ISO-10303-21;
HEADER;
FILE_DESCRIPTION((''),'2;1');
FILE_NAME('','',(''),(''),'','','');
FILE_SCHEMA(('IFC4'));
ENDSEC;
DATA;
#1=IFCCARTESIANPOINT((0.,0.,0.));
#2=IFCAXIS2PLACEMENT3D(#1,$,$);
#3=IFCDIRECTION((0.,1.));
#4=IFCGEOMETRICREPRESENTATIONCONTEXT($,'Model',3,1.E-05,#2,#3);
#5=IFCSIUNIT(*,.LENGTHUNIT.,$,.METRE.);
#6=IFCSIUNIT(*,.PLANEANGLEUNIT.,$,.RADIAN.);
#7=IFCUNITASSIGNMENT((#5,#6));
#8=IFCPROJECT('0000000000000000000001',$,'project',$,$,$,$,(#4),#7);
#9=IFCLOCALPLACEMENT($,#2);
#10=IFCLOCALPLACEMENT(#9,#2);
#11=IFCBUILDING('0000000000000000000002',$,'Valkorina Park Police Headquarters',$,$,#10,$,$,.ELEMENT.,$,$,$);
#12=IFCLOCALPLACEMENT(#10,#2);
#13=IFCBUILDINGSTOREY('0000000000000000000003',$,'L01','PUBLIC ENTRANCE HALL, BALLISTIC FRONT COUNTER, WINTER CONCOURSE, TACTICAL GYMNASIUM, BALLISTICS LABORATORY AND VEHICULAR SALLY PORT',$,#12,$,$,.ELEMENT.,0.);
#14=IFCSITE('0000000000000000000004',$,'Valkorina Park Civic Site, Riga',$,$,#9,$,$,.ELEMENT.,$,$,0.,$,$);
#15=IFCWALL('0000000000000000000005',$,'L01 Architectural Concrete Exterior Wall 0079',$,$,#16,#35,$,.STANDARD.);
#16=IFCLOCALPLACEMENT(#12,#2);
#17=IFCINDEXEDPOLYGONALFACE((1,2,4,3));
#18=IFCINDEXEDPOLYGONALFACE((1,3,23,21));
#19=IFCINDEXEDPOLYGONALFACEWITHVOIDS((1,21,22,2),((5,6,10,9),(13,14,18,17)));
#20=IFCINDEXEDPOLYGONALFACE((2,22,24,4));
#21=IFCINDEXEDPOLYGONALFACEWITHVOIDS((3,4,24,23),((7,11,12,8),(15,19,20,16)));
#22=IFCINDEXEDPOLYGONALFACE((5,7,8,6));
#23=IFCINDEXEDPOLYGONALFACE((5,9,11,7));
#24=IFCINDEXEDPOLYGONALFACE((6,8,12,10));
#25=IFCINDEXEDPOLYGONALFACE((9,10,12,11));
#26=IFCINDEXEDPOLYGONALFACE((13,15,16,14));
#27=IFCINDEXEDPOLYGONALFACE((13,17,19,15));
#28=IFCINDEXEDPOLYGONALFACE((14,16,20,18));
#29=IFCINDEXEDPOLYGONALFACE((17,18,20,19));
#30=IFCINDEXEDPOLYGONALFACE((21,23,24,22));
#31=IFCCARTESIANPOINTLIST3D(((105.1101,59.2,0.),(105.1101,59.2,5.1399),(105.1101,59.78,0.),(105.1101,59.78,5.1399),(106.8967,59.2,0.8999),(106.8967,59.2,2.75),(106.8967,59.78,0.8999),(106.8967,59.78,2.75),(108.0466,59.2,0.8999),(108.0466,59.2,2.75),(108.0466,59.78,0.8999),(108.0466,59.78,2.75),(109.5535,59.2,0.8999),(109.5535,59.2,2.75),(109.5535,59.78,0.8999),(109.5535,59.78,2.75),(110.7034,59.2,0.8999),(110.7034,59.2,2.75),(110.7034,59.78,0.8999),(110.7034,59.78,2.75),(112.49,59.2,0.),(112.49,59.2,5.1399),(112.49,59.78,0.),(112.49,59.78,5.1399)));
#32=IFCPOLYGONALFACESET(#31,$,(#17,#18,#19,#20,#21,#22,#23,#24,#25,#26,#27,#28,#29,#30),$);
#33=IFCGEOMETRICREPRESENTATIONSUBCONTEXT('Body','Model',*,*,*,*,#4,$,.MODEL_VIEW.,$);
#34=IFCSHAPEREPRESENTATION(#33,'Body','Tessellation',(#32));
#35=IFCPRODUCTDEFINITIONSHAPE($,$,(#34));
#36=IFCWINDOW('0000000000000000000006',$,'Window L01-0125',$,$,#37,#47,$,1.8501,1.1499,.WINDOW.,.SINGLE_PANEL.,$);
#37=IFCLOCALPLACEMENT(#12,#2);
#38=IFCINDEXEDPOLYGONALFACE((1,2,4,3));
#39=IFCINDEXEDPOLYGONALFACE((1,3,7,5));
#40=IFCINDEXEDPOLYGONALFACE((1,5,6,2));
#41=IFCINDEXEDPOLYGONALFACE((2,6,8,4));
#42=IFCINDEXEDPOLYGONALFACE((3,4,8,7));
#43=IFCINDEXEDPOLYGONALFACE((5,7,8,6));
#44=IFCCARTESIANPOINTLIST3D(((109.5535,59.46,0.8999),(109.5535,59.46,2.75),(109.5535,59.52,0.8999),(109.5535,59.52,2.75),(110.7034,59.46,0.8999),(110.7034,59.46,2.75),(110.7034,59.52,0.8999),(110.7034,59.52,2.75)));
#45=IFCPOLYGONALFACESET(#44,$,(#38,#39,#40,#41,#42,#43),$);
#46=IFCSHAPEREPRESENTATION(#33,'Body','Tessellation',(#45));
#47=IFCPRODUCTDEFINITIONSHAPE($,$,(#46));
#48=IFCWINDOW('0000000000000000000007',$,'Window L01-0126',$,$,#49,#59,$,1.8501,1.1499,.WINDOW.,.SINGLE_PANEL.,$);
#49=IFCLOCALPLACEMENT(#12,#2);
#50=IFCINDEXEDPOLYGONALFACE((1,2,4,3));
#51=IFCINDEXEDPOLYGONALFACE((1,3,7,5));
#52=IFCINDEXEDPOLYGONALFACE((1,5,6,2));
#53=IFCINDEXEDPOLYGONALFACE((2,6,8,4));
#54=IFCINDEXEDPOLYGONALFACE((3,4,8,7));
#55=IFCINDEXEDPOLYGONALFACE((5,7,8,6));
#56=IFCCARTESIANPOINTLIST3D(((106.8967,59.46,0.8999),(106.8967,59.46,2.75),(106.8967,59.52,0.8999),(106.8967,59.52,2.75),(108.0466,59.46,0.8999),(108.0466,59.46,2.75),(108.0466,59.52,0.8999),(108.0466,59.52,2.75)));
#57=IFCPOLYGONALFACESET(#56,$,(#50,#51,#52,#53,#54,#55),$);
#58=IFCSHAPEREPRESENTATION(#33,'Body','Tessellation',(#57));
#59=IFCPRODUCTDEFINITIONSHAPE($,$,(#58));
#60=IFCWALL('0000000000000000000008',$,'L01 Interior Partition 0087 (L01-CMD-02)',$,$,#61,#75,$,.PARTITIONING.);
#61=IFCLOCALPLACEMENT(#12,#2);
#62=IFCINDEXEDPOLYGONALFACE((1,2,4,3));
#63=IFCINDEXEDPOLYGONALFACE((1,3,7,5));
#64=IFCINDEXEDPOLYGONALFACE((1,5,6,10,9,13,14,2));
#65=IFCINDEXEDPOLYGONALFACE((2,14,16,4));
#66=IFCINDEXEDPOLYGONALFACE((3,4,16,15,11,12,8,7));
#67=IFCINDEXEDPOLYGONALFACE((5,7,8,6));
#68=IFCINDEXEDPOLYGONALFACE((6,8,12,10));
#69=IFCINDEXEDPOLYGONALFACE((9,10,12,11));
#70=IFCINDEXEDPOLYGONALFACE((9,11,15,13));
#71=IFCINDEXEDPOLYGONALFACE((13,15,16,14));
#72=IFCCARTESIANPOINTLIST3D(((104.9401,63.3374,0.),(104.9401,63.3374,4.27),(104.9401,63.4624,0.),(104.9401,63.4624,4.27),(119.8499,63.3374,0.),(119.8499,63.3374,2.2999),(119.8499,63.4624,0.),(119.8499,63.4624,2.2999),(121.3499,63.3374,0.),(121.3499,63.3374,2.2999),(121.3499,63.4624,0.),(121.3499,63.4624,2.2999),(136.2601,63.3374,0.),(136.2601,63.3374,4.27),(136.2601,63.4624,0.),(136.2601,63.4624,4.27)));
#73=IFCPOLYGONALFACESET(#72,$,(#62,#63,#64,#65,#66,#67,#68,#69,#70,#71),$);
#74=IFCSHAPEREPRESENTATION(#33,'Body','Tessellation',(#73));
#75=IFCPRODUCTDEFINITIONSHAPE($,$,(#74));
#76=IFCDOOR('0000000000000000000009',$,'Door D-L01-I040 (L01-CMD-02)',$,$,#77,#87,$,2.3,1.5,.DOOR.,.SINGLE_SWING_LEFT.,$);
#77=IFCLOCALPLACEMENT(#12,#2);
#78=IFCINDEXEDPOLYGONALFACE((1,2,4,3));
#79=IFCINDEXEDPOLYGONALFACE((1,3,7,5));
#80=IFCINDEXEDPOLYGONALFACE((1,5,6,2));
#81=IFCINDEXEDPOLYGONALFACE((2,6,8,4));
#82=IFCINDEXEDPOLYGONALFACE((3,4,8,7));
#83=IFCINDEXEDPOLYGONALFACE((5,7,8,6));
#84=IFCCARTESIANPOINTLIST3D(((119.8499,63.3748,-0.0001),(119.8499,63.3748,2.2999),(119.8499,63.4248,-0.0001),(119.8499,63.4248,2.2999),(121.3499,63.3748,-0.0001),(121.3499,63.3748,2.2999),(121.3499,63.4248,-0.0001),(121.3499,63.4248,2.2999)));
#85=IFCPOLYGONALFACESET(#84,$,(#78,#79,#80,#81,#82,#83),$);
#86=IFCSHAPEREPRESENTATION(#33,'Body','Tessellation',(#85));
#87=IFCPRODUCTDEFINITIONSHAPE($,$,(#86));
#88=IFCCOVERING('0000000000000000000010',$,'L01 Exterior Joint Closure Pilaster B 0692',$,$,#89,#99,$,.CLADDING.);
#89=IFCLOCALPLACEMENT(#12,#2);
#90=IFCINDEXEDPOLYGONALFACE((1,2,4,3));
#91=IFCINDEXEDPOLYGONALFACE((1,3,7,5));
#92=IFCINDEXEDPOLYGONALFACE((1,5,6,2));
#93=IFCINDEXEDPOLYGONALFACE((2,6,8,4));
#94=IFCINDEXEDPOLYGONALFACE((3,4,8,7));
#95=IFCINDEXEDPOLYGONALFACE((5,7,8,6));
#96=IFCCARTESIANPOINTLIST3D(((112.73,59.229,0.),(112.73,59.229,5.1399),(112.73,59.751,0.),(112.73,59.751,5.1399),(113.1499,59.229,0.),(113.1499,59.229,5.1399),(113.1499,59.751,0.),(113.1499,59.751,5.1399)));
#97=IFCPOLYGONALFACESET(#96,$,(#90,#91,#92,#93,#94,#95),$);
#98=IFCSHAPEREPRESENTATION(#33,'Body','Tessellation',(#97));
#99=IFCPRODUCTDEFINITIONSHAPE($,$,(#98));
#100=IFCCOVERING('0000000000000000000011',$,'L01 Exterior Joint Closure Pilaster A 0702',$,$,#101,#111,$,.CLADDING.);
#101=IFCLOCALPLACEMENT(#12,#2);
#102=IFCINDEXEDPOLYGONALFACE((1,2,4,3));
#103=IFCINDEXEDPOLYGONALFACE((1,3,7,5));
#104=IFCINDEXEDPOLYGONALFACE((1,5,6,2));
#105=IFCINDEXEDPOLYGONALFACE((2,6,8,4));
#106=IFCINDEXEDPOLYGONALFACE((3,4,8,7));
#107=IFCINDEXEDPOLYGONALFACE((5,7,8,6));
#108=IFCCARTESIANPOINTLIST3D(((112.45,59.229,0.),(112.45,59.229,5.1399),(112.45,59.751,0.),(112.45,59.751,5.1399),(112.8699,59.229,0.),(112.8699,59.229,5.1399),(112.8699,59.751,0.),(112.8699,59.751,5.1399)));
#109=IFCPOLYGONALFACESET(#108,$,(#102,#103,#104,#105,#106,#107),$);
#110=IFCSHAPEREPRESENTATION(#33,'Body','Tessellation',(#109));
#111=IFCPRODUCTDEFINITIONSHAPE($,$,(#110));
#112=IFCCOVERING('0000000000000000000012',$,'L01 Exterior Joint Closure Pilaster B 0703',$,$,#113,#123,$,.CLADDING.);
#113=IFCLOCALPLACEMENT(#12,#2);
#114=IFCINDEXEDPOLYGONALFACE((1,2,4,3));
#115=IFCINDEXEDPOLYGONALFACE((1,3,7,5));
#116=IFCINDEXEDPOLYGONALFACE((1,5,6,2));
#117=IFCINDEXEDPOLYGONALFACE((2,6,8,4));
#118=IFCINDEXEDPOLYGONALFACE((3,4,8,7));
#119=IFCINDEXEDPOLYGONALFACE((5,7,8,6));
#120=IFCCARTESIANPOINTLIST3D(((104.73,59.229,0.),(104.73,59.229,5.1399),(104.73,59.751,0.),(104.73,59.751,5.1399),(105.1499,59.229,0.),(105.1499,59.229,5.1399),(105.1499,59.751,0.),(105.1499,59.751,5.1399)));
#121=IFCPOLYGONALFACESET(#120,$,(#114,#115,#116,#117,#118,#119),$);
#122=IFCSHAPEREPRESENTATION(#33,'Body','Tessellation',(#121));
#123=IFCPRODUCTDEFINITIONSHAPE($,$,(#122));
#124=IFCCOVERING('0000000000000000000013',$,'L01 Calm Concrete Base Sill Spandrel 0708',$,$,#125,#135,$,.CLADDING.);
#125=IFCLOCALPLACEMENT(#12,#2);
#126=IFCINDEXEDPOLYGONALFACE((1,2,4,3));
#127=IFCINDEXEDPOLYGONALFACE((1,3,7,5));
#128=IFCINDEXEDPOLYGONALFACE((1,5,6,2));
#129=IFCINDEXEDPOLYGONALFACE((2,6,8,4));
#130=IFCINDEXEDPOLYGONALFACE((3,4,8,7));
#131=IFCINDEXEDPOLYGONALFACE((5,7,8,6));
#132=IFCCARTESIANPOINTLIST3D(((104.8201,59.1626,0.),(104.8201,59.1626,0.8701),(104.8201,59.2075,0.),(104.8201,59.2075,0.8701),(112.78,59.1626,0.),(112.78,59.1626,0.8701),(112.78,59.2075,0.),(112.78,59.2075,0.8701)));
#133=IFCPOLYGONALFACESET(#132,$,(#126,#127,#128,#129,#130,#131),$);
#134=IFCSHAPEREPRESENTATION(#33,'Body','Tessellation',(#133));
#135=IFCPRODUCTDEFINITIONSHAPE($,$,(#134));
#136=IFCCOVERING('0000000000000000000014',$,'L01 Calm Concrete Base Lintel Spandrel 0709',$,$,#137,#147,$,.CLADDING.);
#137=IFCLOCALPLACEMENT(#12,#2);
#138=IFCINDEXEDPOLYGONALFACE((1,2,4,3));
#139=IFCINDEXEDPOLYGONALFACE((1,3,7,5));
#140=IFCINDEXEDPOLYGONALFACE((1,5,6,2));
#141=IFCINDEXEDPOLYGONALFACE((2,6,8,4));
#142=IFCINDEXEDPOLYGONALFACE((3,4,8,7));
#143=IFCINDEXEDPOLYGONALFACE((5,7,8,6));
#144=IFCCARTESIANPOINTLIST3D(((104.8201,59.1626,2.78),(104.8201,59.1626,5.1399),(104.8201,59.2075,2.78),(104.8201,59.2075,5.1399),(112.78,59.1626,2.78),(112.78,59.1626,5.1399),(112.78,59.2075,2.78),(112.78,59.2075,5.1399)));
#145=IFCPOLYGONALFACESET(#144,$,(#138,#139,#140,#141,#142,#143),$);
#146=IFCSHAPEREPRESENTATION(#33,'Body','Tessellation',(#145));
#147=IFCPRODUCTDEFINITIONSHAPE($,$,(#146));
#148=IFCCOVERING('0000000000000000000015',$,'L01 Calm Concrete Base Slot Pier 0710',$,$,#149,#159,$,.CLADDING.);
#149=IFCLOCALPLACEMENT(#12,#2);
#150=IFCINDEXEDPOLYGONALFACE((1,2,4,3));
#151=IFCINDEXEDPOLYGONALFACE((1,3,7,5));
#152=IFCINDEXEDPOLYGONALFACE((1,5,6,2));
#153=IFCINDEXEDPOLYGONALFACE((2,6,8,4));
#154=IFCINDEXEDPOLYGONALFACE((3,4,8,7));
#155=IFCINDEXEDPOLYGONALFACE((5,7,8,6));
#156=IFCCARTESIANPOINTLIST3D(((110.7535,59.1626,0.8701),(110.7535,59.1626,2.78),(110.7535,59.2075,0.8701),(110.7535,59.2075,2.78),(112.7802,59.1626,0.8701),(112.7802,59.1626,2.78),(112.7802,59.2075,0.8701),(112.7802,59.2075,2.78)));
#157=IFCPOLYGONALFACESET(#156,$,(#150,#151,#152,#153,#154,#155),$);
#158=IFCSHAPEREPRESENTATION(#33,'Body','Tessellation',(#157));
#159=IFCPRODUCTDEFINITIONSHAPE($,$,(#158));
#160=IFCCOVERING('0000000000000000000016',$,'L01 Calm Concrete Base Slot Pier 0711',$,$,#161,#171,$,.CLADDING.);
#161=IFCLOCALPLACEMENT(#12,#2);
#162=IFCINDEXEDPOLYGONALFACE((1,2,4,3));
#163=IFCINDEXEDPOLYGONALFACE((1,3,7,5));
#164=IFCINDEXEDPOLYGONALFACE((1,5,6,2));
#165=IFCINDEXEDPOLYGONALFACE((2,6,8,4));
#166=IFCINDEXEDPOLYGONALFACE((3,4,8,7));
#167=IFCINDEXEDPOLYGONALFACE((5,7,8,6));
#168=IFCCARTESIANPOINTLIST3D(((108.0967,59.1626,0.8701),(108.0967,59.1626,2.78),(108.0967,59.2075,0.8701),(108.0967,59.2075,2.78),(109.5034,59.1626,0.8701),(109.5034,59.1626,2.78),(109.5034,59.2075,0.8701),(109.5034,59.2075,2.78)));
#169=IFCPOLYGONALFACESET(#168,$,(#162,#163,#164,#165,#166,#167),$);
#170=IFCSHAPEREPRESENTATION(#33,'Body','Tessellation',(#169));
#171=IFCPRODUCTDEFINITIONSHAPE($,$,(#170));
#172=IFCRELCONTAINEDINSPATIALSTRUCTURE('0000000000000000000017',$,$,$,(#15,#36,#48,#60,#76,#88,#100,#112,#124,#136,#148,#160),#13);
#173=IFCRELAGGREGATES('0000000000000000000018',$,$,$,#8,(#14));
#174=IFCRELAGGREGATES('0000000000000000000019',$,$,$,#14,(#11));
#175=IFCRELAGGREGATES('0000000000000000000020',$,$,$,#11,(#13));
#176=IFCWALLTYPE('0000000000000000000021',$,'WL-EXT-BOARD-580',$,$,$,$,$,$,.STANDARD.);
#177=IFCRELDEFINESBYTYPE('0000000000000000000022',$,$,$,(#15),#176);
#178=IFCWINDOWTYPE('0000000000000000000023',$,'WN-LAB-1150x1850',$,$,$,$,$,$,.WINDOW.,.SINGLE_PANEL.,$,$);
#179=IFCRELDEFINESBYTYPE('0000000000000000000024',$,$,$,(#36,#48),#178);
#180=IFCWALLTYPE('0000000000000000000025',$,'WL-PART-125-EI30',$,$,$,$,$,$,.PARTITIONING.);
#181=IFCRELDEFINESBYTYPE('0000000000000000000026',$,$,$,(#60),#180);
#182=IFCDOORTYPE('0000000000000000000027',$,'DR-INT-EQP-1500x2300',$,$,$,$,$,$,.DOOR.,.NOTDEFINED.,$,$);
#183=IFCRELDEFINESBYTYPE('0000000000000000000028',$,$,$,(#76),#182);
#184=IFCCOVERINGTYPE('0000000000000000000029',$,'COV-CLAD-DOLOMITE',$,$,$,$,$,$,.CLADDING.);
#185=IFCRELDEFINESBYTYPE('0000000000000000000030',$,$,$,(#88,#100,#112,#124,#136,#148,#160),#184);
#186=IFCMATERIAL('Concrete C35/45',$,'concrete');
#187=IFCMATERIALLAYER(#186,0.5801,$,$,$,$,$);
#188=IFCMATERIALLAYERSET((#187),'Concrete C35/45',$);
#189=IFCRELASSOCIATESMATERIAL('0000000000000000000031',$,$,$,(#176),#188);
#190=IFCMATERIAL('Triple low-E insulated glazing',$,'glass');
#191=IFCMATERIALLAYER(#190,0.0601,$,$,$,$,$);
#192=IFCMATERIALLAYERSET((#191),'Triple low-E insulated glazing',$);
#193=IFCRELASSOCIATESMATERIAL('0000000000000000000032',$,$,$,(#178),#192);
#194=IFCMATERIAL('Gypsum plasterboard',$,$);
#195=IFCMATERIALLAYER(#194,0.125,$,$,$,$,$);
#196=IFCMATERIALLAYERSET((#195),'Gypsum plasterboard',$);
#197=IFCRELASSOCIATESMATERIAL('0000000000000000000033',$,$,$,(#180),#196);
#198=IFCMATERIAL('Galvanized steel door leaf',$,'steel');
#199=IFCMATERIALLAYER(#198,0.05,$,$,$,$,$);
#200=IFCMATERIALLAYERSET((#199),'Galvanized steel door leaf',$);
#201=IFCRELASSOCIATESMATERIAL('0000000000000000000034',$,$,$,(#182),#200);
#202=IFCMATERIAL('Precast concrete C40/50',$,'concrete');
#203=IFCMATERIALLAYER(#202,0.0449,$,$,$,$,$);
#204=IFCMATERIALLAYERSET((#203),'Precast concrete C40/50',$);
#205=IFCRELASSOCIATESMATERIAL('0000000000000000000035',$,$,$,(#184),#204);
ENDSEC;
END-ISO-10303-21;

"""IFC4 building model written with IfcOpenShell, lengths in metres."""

from ifc_helpers import new_model, si_unit, direction, frame, frame_2d, origin, origin_2d, place, context, subcontext, project, spatial, rectangle, extrude, material, layer, layer_set, type_object, element, fill, save


model = new_model("IFC4")

# Units and contexts
model_context = context("Model", 3, precision=1e-05, world=origin(), true_north=direction((0.0, 1.0)))
body_context = subcontext(model_context, "Body", "Model", "MODEL_VIEW")
ifc_project = project(units=[si_unit("LENGTHUNIT", "METRE"), si_unit("PLANEANGLEUNIT", "RADIAN")], contexts=[model_context])

# Site, building, storey
site_placement = place(None, origin())
site = spatial("IfcSite", under=ifc_project, at=site_placement, Name="Valkorina Park Civic Site, Riga", CompositionType="ELEMENT", RefElevation=0.0)
building_placement = place(site_placement, origin())
building = spatial("IfcBuilding", under=site, at=building_placement, Name="Valkorina Park Police Headquarters", CompositionType="ELEMENT")
storey_placement = place(building_placement, origin())
storey = spatial("IfcBuildingStorey", under=building, at=storey_placement, Name="L01", Description="PUBLIC ENTRANCE HALL, BALLISTIC FRONT COUNTER, WINTER CONCOURSE, TACTICAL GYMNASIUM, BALLISTICS LABORATORY AND VEHICULAR SALLY PORT", CompositionType="ELEMENT", Elevation=0.0)

# Wall, openings, windows
ifc_material_1 = material(Name="Concrete C35/45", Category="concrete")
ifc_layer_1 = layer(ifc_material_1, 0.5801)
ifc_layer_set_1 = layer_set([ifc_layer_1], Name="Concrete C35/45")
wall_type_1 = type_object("IfcWallType", Name="WL-EXT-BOARD-580", PredefinedType="STANDARD", material=ifc_layer_set_1)
wall_1_placement = place(storey_placement, frame((112.49, 59.49, 0.0), z_axis=(0.0, 0.0, 1.0), x_axis=(-1.0, 0.0, 0.0)))
wall_1 = element("IfcWall", 1, at=wall_1_placement, inside=storey, type_object=wall_type_1, Name="L01 Architectural Concrete Exterior Wall 0079", PredefinedType="STANDARD", context=body_context, shape_type="SweptSolid", body=[
    extrude(rectangle(XDim=7.3799, YDim=0.5801, at=frame_2d((3.6899, 0.0))), origin(), (0.0, 0.0, 1.0), 5.1399),
])
opening_1_placement = place(wall_1_placement, frame((1.7866, 0.0, 0.8999)))
opening_1 = element("IfcOpeningElement", 2, at=opening_1_placement, cuts=wall_1, PredefinedType="OPENING", context=body_context, shape_type="SweptSolid", body=[
    extrude(rectangle(XDim=1.1499, YDim=1.8501, at=frame_2d((0.575, 0.925))), frame((0.0, 0.3, 0.0), z_axis=(0.0, -1.0, 0.0), x_axis=(1.0, 0.0, 0.0)), (0.0, 0.0, 1.0), 0.6001),
])
opening_2_placement = place(wall_1_placement, frame((4.4434, 0.0, 0.8999)))
opening_2 = element("IfcOpeningElement", 3, at=opening_2_placement, cuts=wall_1, PredefinedType="OPENING", context=body_context, shape_type="SweptSolid", body=[
    extrude(rectangle(XDim=1.1499, YDim=1.8501, at=frame_2d((0.575, 0.925))), frame((0.0, 0.3, 0.0), z_axis=(0.0, -1.0, 0.0), x_axis=(1.0, 0.0, 0.0)), (0.0, 0.0, 1.0), 0.6001),
])
ifc_material_2 = material(Name="Triple low-E insulated glazing", Category="glass")
ifc_layer_2 = layer(ifc_material_2, 0.0601)
ifc_layer_set_2 = layer_set([ifc_layer_2], Name="Triple low-E insulated glazing")
window_type = type_object("IfcWindowType", Name="WN-LAB-1150x1850", PartitioningType="SINGLE_PANEL", PredefinedType="WINDOW", material=ifc_layer_set_2)
window_1_placement = place(opening_1_placement, origin())
window_1 = element("IfcWindow", 4, at=window_1_placement, inside=storey, type_object=window_type, Name="Window L01-0125", OverallHeight=1.8501, OverallWidth=1.1499, PartitioningType="SINGLE_PANEL", PredefinedType="WINDOW", context=body_context, shape_type="SweptSolid", body=[
    extrude(rectangle(XDim=1.1499, YDim=1.8501, at=frame_2d((0.575, 0.925))), frame((0.0, 0.03, 0.0), z_axis=(0.0, -1.0, 0.0), x_axis=(1.0, 0.0, 0.0)), (0.0, 0.0, 1.0), 0.0601),
])
fill(opening_1, window_1)
window_2_placement = place(opening_2_placement, origin())
window_2 = element("IfcWindow", 5, at=window_2_placement, inside=storey, type_object=window_type, Name="Window L01-0126", OverallHeight=1.8501, OverallWidth=1.1499, PartitioningType="SINGLE_PANEL", PredefinedType="WINDOW", context=body_context, shape_type="SweptSolid", body=[
    extrude(rectangle(XDim=1.1499, YDim=1.8501, at=frame_2d((0.575, 0.925))), frame((0.0, 0.03, 0.0), z_axis=(0.0, -1.0, 0.0), x_axis=(1.0, 0.0, 0.0)), (0.0, 0.0, 1.0), 0.0601),
])
fill(opening_2, window_2)

# Wall, opening, door
ifc_material_3 = material(Name="Gypsum plasterboard")
ifc_layer_3 = layer(ifc_material_3, 0.125)
ifc_layer_set_3 = layer_set([ifc_layer_3], Name="Gypsum plasterboard")
wall_type_2 = type_object("IfcWallType", Name="WL-PART-125-EI30", PredefinedType="PARTITIONING", material=ifc_layer_set_3)
wall_2_placement = place(storey_placement, frame((104.9399, 63.3999, 0.0), z_axis=(0.0, 0.0, 1.0), x_axis=(1.0, 0.0, 0.0)))
wall_2 = element("IfcWall", 6, at=wall_2_placement, inside=storey, type_object=wall_type_2, Name="L01 Interior Partition 0087 (L01-CMD-02)", PredefinedType="PARTITIONING", context=body_context, shape_type="SweptSolid", body=[
    extrude(rectangle(XDim=31.3201, YDim=0.125, at=frame_2d((15.6602, 0.0))), origin(), (0.0, 0.0, 1.0), 4.27),
])
opening_3_placement = place(wall_2_placement, frame((14.9099, 0.0, 0.0)))
opening_3 = element("IfcOpeningElement", 7, at=opening_3_placement, cuts=wall_2, PredefinedType="OPENING", context=body_context, shape_type="SweptSolid", body=[
    extrude(rectangle(XDim=1.5, YDim=2.3, at=frame_2d((0.75, 1.1499))), frame((0.0, 0.0725, 0.0), z_axis=(0.0, -1.0, 0.0), x_axis=(1.0, 0.0, 0.0)), (0.0, 0.0, 1.0), 0.145),
])
ifc_material_4 = material(Name="Galvanized steel door leaf", Category="steel")
ifc_layer_4 = layer(ifc_material_4, 0.05)
ifc_layer_set_4 = layer_set([ifc_layer_4], Name="Galvanized steel door leaf")
door_type = type_object("IfcDoorType", Name="DR-INT-EQP-1500x2300", OperationType="NOTDEFINED", PredefinedType="DOOR", material=ifc_layer_set_4)
door_placement = place(opening_3_placement, origin())
door = element("IfcDoor", 8, at=door_placement, inside=storey, type_object=door_type, Name="Door D-L01-I040 (L01-CMD-02)", OperationType="SINGLE_SWING_LEFT", OverallHeight=2.3, OverallWidth=1.5, PredefinedType="DOOR", context=body_context, shape_type="SweptSolid", body=[
    extrude(rectangle(XDim=1.5, YDim=2.3, at=frame_2d((0.75, 1.1499))), frame((0.0, 0.0249, 0.0), z_axis=(0.0, -1.0, 0.0), x_axis=(1.0, 0.0, 0.0)), (0.0, 0.0, 1.0), 0.05),
])
fill(opening_3, door)

# Coverings
ifc_material_5 = material(Name="Precast concrete C40/50", Category="concrete")
ifc_layer_5 = layer(ifc_material_5, 0.0449)
ifc_layer_set_5 = layer_set([ifc_layer_5], Name="Precast concrete C40/50")
covering_type = type_object("IfcCoveringType", Name="COV-CLAD-DOLOMITE", PredefinedType="CLADDING", material=ifc_layer_set_5)
for number, where, z_axis, x_axis, name in (
    (9, (112.9399, 59.49, 0.0), (0.0, 0.0, 1.0), (1.0, 0.0, 0.0), "L01 Exterior Joint Closure Pilaster B 0692"),
    (10, (112.6599, 59.49, 0.0), (0.0, 0.0, 1.0), (1.0, 0.0, 0.0), "L01 Exterior Joint Closure Pilaster A 0702"),
    (11, (104.9399, 59.49, 0.0), (0.0, 0.0, 1.0), (1.0, 0.0, 0.0), "L01 Exterior Joint Closure Pilaster B 0703"),
):
    element("IfcCovering", number, at=place(storey_placement, frame(where, z_axis=z_axis, x_axis=x_axis)), inside=storey, type_object=covering_type, Name=name, PredefinedType="CLADDING", context=body_context, shape_type="SweptSolid", body=[
        extrude(rectangle(XDim=0.4199, YDim=0.522, at=origin_2d()), origin(), (0.0, 0.0, 1.0), 5.1399),
    ])
covering_1_placement = place(storey_placement, frame((112.78, 59.1851, 0.0), z_axis=(0.0, 0.0, 1.0), x_axis=(-1.0, 0.0, 0.0)))
element("IfcCovering", 12, at=covering_1_placement, inside=storey, type_object=covering_type, Name="L01 Calm Concrete Base Sill Spandrel 0708", PredefinedType="CLADDING", context=body_context, shape_type="SweptSolid", body=[
    extrude(rectangle(XDim=7.96, YDim=0.0449, at=frame_2d((3.98, 0.0))), origin(), (0.0, 0.0, 1.0), 0.8701),
])
covering_2_placement = place(storey_placement, frame((112.78, 59.1851, 2.78), z_axis=(0.0, 0.0, 1.0), x_axis=(-1.0, 0.0, 0.0)))
element("IfcCovering", 13, at=covering_2_placement, inside=storey, type_object=covering_type, Name="L01 Calm Concrete Base Lintel Spandrel 0709", PredefinedType="CLADDING", context=body_context, shape_type="SweptSolid", body=[
    extrude(rectangle(XDim=7.96, YDim=0.0449, at=frame_2d((3.98, 0.0))), origin(), (0.0, 0.0, 1.0), 2.3599),
])
covering_3_placement = place(storey_placement, frame((112.78, 59.1851, 0.8701), z_axis=(0.0, 0.0, 1.0), x_axis=(-1.0, 0.0, 0.0)))
element("IfcCovering", 14, at=covering_3_placement, inside=storey, type_object=covering_type, Name="L01 Calm Concrete Base Slot Pier 0710", PredefinedType="CLADDING", context=body_context, shape_type="SweptSolid", body=[
    extrude(rectangle(XDim=2.0266, YDim=0.0449, at=frame_2d((1.0132, 0.0))), origin(), (0.0, 0.0, 1.0), 1.9099),
])
covering_4_placement = place(storey_placement, frame((109.5034, 59.1851, 0.8701), z_axis=(0.0, 0.0, 1.0), x_axis=(-1.0, 0.0, 0.0)))
element("IfcCovering", 15, at=covering_4_placement, inside=storey, type_object=covering_type, Name="L01 Calm Concrete Base Slot Pier 0711", PredefinedType="CLADDING", context=body_context, shape_type="SweptSolid", body=[
    extrude(rectangle(XDim=1.4067, YDim=0.0449, at=frame_2d((0.7034, 0.0))), origin(), (0.0, 0.0, 1.0), 1.9099),
])

save(model, "model.ifc")
